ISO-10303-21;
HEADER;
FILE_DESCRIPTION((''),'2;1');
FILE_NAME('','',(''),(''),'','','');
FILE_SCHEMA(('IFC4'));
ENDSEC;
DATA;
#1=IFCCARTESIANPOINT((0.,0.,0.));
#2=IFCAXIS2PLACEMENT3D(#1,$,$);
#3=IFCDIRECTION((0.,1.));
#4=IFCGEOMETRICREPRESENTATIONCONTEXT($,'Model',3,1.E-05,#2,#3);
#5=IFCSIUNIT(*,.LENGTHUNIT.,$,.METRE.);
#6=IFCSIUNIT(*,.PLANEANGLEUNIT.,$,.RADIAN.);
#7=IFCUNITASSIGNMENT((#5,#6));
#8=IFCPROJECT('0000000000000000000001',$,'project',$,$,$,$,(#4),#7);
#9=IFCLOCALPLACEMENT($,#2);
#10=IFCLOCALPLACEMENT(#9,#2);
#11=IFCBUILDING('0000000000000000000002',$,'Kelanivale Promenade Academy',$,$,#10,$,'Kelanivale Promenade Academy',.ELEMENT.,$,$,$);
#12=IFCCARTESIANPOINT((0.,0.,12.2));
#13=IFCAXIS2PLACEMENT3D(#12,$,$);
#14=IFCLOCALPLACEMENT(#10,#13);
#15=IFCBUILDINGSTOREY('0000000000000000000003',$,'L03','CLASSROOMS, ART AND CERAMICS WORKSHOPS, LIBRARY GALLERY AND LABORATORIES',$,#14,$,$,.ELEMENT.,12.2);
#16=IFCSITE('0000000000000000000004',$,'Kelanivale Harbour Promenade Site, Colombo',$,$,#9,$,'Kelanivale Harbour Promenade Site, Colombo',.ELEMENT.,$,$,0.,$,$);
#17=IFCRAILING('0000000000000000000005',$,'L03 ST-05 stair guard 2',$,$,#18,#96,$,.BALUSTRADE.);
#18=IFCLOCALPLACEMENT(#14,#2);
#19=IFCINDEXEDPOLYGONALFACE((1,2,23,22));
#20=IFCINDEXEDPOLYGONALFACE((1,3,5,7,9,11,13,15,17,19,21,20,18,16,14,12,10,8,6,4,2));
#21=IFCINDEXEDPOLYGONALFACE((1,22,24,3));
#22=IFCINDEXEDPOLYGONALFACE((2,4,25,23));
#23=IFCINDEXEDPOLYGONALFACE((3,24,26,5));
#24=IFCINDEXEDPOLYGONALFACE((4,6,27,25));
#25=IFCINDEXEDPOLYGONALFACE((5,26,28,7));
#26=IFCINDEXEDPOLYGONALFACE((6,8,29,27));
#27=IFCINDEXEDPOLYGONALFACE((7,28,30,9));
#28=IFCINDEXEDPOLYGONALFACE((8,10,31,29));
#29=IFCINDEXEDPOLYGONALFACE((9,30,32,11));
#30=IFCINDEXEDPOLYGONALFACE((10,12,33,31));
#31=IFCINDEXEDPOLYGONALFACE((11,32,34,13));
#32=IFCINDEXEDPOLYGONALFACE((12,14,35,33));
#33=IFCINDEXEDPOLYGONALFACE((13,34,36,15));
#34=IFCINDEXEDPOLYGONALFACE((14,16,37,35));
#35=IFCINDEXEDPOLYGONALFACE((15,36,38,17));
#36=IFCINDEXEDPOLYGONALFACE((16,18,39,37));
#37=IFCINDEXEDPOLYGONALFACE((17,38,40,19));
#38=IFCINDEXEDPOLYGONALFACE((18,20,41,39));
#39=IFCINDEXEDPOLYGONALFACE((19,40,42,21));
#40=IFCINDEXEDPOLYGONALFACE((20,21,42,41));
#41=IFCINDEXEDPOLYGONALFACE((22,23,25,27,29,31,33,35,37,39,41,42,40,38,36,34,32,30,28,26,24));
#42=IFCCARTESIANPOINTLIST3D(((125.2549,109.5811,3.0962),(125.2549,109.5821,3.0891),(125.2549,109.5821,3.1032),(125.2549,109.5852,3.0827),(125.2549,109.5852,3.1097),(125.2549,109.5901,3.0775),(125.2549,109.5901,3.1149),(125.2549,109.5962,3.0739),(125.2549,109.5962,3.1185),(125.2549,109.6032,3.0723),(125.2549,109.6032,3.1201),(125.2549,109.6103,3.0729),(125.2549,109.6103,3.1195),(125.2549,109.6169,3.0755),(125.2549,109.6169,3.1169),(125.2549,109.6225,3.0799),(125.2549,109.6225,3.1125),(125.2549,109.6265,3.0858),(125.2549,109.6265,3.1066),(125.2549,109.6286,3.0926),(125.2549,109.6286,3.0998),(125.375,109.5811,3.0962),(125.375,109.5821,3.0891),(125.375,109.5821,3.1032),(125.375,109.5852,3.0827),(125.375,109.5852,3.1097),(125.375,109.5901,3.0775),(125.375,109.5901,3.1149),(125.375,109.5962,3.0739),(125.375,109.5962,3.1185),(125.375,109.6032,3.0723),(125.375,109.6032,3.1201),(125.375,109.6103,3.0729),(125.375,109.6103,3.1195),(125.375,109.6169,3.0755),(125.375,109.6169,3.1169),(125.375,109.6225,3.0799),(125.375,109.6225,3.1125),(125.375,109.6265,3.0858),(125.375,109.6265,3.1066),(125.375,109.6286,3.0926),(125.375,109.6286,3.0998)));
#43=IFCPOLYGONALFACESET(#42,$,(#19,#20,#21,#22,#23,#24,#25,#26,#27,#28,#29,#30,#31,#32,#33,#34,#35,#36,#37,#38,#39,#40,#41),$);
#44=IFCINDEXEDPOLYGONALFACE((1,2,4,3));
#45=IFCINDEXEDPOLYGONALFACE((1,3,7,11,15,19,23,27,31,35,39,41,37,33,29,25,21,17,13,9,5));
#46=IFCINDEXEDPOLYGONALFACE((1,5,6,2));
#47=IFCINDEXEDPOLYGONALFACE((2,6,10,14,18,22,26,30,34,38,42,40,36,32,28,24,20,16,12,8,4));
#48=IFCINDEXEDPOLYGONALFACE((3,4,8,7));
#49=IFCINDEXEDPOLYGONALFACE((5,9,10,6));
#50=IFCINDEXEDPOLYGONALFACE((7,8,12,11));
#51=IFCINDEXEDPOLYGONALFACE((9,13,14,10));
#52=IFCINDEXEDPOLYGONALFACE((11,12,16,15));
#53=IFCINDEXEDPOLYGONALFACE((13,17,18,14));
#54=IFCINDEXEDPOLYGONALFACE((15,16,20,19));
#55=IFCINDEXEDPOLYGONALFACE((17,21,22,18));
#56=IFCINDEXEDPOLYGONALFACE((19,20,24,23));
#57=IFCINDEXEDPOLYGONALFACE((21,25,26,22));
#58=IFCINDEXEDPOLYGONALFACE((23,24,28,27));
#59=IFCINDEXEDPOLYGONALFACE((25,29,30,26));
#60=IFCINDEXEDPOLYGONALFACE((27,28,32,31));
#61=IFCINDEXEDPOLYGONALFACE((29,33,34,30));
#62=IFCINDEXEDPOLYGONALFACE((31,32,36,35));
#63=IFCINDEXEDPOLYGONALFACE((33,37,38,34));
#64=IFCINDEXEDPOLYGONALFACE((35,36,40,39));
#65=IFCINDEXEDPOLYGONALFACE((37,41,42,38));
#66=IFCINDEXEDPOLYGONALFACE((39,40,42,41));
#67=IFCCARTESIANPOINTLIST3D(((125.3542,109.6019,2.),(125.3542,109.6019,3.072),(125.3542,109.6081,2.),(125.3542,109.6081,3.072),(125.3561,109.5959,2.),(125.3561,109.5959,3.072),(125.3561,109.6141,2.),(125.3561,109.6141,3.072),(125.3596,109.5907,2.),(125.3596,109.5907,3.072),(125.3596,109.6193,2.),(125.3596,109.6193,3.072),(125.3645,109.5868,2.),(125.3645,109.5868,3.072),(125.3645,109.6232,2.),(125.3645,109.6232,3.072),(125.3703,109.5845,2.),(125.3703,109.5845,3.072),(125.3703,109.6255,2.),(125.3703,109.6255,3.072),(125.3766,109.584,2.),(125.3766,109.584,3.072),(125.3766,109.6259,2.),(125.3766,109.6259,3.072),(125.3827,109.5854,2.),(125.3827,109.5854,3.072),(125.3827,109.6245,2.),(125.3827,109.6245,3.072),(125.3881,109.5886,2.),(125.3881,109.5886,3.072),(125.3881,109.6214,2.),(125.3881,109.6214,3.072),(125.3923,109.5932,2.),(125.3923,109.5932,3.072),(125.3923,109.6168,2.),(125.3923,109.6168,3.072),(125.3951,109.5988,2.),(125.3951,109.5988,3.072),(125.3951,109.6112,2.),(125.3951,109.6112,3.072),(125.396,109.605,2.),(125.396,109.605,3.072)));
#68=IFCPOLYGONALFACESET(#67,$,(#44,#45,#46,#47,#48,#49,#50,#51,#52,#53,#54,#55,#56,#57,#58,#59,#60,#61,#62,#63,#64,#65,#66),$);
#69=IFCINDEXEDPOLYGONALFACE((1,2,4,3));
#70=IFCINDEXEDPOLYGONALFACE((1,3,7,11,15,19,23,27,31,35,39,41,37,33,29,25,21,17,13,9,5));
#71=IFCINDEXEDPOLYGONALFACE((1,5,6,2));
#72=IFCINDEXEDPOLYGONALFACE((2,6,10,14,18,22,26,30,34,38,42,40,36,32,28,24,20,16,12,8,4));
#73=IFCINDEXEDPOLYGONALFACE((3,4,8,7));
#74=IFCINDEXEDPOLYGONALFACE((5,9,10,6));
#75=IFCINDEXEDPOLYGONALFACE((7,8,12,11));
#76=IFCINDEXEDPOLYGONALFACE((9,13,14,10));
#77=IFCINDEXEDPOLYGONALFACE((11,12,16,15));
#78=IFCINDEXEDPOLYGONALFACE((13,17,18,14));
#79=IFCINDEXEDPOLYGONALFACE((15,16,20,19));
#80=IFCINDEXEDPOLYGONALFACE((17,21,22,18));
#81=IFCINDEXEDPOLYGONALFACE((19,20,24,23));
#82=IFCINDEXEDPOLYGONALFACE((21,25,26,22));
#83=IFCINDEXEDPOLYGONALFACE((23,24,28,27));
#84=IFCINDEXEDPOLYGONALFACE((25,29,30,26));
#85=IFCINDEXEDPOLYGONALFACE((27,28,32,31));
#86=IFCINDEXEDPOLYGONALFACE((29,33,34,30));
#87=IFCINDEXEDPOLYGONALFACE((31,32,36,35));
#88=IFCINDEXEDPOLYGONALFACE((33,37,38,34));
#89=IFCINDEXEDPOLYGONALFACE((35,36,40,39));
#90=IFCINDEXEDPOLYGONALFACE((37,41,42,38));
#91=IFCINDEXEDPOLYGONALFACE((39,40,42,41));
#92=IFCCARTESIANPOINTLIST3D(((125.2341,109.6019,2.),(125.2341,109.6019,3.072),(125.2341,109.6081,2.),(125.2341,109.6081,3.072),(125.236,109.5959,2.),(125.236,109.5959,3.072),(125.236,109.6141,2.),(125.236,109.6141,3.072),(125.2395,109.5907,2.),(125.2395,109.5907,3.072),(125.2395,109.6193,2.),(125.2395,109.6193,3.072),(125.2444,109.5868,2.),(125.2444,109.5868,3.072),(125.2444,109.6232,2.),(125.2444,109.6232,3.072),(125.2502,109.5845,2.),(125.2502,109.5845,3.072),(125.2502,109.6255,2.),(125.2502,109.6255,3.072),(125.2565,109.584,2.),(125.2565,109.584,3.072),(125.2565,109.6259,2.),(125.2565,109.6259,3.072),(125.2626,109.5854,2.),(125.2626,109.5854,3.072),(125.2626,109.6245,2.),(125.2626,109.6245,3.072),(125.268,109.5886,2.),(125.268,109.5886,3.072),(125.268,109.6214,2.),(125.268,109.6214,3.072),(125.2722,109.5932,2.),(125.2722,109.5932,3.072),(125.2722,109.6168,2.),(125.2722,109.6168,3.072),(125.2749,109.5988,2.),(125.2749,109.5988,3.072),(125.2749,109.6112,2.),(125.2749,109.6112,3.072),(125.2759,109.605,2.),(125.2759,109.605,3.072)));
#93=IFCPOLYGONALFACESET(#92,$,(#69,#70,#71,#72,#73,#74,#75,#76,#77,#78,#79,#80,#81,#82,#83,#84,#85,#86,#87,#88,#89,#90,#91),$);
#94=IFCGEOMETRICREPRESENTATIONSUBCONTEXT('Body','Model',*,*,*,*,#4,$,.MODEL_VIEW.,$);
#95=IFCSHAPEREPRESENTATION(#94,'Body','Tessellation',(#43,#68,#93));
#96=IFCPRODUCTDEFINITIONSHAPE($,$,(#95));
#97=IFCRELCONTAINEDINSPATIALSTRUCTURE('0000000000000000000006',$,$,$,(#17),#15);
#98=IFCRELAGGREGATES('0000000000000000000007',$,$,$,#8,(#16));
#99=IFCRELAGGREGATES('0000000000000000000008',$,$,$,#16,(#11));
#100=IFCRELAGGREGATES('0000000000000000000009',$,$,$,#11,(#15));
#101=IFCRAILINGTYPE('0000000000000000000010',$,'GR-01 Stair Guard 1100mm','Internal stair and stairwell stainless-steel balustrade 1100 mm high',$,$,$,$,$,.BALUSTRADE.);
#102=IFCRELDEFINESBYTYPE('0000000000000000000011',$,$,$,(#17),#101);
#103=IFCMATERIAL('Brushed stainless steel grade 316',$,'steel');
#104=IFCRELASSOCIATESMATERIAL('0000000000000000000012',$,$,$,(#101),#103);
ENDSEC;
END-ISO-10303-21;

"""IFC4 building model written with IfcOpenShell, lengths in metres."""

from ifc_helpers import new_model, si_unit, direction, frame, origin, origin_2d, place, context, subcontext, project, spatial, circle, extrude, material, type_object, element, save


model = new_model("IFC4")

# Units and contexts
model_context = context("Model", 3, precision=1e-05, world=origin(), true_north=direction((0.0, 1.0)))
body_context = subcontext(model_context, "Body", "Model", "MODEL_VIEW")
ifc_project = project(units=[si_unit("LENGTHUNIT", "METRE"), si_unit("PLANEANGLEUNIT", "RADIAN")], contexts=[model_context])

# Site, building, storey
site_placement = place(None, origin())
site = spatial("IfcSite", under=ifc_project, at=site_placement, Name="Kelanivale Harbour Promenade Site, Colombo", LongName="Kelanivale Harbour Promenade Site, Colombo", CompositionType="ELEMENT", RefElevation=0.0)
building_placement = place(site_placement, origin())
building = spatial("IfcBuilding", under=site, at=building_placement, Name="Kelanivale Promenade Academy", LongName="Kelanivale Promenade Academy", CompositionType="ELEMENT")
storey_placement = place(building_placement, frame((0.0, 0.0, 12.2)))
storey = spatial("IfcBuildingStorey", under=building, at=storey_placement, Name="L03", Description="CLASSROOMS, ART AND CERAMICS WORKSHOPS, LIBRARY GALLERY AND LABORATORIES", CompositionType="ELEMENT", Elevation=12.2)

# Railing
ifc_material_1 = material(Name="Brushed stainless steel grade 316", Category="steel")
railing_type_1 = type_object("IfcRailingType", Name="GR-01 Stair Guard 1100mm", Description="Internal stair and stairwell stainless-steel balustrade 1100 mm high", PredefinedType="BALUSTRADE", material=ifc_material_1)
railing_1_placement = place(storey_placement, frame((125.375, 109.605, 2.0)))
element("IfcRailing", 1, at=railing_1_placement, inside=storey, type_object=railing_type_1, Name="L03 ST-05 stair guard 2", PredefinedType="BALUSTRADE", context=body_context, shape_type="SweptSolid", body=[
    extrude(circle(Radius=0.0239, at=origin_2d()), frame((0.0, 0.0, 1.0962), z_axis=(-1.0, 0.0, 0.0), x_axis=(0.0, -1.0, 0.0)), (0.0, 0.0, 1.0), 0.1201),
    extrude(circle(Radius=0.021, at=origin_2d()), origin(), (0.0, 0.0, 1.0), 1.072),
    extrude(circle(Radius=0.021, at=origin_2d()), frame((-0.1201, 0.0, 0.0)), (0.0, 0.0, 1.0), 1.072),
])

save(model, "model.ifc")
